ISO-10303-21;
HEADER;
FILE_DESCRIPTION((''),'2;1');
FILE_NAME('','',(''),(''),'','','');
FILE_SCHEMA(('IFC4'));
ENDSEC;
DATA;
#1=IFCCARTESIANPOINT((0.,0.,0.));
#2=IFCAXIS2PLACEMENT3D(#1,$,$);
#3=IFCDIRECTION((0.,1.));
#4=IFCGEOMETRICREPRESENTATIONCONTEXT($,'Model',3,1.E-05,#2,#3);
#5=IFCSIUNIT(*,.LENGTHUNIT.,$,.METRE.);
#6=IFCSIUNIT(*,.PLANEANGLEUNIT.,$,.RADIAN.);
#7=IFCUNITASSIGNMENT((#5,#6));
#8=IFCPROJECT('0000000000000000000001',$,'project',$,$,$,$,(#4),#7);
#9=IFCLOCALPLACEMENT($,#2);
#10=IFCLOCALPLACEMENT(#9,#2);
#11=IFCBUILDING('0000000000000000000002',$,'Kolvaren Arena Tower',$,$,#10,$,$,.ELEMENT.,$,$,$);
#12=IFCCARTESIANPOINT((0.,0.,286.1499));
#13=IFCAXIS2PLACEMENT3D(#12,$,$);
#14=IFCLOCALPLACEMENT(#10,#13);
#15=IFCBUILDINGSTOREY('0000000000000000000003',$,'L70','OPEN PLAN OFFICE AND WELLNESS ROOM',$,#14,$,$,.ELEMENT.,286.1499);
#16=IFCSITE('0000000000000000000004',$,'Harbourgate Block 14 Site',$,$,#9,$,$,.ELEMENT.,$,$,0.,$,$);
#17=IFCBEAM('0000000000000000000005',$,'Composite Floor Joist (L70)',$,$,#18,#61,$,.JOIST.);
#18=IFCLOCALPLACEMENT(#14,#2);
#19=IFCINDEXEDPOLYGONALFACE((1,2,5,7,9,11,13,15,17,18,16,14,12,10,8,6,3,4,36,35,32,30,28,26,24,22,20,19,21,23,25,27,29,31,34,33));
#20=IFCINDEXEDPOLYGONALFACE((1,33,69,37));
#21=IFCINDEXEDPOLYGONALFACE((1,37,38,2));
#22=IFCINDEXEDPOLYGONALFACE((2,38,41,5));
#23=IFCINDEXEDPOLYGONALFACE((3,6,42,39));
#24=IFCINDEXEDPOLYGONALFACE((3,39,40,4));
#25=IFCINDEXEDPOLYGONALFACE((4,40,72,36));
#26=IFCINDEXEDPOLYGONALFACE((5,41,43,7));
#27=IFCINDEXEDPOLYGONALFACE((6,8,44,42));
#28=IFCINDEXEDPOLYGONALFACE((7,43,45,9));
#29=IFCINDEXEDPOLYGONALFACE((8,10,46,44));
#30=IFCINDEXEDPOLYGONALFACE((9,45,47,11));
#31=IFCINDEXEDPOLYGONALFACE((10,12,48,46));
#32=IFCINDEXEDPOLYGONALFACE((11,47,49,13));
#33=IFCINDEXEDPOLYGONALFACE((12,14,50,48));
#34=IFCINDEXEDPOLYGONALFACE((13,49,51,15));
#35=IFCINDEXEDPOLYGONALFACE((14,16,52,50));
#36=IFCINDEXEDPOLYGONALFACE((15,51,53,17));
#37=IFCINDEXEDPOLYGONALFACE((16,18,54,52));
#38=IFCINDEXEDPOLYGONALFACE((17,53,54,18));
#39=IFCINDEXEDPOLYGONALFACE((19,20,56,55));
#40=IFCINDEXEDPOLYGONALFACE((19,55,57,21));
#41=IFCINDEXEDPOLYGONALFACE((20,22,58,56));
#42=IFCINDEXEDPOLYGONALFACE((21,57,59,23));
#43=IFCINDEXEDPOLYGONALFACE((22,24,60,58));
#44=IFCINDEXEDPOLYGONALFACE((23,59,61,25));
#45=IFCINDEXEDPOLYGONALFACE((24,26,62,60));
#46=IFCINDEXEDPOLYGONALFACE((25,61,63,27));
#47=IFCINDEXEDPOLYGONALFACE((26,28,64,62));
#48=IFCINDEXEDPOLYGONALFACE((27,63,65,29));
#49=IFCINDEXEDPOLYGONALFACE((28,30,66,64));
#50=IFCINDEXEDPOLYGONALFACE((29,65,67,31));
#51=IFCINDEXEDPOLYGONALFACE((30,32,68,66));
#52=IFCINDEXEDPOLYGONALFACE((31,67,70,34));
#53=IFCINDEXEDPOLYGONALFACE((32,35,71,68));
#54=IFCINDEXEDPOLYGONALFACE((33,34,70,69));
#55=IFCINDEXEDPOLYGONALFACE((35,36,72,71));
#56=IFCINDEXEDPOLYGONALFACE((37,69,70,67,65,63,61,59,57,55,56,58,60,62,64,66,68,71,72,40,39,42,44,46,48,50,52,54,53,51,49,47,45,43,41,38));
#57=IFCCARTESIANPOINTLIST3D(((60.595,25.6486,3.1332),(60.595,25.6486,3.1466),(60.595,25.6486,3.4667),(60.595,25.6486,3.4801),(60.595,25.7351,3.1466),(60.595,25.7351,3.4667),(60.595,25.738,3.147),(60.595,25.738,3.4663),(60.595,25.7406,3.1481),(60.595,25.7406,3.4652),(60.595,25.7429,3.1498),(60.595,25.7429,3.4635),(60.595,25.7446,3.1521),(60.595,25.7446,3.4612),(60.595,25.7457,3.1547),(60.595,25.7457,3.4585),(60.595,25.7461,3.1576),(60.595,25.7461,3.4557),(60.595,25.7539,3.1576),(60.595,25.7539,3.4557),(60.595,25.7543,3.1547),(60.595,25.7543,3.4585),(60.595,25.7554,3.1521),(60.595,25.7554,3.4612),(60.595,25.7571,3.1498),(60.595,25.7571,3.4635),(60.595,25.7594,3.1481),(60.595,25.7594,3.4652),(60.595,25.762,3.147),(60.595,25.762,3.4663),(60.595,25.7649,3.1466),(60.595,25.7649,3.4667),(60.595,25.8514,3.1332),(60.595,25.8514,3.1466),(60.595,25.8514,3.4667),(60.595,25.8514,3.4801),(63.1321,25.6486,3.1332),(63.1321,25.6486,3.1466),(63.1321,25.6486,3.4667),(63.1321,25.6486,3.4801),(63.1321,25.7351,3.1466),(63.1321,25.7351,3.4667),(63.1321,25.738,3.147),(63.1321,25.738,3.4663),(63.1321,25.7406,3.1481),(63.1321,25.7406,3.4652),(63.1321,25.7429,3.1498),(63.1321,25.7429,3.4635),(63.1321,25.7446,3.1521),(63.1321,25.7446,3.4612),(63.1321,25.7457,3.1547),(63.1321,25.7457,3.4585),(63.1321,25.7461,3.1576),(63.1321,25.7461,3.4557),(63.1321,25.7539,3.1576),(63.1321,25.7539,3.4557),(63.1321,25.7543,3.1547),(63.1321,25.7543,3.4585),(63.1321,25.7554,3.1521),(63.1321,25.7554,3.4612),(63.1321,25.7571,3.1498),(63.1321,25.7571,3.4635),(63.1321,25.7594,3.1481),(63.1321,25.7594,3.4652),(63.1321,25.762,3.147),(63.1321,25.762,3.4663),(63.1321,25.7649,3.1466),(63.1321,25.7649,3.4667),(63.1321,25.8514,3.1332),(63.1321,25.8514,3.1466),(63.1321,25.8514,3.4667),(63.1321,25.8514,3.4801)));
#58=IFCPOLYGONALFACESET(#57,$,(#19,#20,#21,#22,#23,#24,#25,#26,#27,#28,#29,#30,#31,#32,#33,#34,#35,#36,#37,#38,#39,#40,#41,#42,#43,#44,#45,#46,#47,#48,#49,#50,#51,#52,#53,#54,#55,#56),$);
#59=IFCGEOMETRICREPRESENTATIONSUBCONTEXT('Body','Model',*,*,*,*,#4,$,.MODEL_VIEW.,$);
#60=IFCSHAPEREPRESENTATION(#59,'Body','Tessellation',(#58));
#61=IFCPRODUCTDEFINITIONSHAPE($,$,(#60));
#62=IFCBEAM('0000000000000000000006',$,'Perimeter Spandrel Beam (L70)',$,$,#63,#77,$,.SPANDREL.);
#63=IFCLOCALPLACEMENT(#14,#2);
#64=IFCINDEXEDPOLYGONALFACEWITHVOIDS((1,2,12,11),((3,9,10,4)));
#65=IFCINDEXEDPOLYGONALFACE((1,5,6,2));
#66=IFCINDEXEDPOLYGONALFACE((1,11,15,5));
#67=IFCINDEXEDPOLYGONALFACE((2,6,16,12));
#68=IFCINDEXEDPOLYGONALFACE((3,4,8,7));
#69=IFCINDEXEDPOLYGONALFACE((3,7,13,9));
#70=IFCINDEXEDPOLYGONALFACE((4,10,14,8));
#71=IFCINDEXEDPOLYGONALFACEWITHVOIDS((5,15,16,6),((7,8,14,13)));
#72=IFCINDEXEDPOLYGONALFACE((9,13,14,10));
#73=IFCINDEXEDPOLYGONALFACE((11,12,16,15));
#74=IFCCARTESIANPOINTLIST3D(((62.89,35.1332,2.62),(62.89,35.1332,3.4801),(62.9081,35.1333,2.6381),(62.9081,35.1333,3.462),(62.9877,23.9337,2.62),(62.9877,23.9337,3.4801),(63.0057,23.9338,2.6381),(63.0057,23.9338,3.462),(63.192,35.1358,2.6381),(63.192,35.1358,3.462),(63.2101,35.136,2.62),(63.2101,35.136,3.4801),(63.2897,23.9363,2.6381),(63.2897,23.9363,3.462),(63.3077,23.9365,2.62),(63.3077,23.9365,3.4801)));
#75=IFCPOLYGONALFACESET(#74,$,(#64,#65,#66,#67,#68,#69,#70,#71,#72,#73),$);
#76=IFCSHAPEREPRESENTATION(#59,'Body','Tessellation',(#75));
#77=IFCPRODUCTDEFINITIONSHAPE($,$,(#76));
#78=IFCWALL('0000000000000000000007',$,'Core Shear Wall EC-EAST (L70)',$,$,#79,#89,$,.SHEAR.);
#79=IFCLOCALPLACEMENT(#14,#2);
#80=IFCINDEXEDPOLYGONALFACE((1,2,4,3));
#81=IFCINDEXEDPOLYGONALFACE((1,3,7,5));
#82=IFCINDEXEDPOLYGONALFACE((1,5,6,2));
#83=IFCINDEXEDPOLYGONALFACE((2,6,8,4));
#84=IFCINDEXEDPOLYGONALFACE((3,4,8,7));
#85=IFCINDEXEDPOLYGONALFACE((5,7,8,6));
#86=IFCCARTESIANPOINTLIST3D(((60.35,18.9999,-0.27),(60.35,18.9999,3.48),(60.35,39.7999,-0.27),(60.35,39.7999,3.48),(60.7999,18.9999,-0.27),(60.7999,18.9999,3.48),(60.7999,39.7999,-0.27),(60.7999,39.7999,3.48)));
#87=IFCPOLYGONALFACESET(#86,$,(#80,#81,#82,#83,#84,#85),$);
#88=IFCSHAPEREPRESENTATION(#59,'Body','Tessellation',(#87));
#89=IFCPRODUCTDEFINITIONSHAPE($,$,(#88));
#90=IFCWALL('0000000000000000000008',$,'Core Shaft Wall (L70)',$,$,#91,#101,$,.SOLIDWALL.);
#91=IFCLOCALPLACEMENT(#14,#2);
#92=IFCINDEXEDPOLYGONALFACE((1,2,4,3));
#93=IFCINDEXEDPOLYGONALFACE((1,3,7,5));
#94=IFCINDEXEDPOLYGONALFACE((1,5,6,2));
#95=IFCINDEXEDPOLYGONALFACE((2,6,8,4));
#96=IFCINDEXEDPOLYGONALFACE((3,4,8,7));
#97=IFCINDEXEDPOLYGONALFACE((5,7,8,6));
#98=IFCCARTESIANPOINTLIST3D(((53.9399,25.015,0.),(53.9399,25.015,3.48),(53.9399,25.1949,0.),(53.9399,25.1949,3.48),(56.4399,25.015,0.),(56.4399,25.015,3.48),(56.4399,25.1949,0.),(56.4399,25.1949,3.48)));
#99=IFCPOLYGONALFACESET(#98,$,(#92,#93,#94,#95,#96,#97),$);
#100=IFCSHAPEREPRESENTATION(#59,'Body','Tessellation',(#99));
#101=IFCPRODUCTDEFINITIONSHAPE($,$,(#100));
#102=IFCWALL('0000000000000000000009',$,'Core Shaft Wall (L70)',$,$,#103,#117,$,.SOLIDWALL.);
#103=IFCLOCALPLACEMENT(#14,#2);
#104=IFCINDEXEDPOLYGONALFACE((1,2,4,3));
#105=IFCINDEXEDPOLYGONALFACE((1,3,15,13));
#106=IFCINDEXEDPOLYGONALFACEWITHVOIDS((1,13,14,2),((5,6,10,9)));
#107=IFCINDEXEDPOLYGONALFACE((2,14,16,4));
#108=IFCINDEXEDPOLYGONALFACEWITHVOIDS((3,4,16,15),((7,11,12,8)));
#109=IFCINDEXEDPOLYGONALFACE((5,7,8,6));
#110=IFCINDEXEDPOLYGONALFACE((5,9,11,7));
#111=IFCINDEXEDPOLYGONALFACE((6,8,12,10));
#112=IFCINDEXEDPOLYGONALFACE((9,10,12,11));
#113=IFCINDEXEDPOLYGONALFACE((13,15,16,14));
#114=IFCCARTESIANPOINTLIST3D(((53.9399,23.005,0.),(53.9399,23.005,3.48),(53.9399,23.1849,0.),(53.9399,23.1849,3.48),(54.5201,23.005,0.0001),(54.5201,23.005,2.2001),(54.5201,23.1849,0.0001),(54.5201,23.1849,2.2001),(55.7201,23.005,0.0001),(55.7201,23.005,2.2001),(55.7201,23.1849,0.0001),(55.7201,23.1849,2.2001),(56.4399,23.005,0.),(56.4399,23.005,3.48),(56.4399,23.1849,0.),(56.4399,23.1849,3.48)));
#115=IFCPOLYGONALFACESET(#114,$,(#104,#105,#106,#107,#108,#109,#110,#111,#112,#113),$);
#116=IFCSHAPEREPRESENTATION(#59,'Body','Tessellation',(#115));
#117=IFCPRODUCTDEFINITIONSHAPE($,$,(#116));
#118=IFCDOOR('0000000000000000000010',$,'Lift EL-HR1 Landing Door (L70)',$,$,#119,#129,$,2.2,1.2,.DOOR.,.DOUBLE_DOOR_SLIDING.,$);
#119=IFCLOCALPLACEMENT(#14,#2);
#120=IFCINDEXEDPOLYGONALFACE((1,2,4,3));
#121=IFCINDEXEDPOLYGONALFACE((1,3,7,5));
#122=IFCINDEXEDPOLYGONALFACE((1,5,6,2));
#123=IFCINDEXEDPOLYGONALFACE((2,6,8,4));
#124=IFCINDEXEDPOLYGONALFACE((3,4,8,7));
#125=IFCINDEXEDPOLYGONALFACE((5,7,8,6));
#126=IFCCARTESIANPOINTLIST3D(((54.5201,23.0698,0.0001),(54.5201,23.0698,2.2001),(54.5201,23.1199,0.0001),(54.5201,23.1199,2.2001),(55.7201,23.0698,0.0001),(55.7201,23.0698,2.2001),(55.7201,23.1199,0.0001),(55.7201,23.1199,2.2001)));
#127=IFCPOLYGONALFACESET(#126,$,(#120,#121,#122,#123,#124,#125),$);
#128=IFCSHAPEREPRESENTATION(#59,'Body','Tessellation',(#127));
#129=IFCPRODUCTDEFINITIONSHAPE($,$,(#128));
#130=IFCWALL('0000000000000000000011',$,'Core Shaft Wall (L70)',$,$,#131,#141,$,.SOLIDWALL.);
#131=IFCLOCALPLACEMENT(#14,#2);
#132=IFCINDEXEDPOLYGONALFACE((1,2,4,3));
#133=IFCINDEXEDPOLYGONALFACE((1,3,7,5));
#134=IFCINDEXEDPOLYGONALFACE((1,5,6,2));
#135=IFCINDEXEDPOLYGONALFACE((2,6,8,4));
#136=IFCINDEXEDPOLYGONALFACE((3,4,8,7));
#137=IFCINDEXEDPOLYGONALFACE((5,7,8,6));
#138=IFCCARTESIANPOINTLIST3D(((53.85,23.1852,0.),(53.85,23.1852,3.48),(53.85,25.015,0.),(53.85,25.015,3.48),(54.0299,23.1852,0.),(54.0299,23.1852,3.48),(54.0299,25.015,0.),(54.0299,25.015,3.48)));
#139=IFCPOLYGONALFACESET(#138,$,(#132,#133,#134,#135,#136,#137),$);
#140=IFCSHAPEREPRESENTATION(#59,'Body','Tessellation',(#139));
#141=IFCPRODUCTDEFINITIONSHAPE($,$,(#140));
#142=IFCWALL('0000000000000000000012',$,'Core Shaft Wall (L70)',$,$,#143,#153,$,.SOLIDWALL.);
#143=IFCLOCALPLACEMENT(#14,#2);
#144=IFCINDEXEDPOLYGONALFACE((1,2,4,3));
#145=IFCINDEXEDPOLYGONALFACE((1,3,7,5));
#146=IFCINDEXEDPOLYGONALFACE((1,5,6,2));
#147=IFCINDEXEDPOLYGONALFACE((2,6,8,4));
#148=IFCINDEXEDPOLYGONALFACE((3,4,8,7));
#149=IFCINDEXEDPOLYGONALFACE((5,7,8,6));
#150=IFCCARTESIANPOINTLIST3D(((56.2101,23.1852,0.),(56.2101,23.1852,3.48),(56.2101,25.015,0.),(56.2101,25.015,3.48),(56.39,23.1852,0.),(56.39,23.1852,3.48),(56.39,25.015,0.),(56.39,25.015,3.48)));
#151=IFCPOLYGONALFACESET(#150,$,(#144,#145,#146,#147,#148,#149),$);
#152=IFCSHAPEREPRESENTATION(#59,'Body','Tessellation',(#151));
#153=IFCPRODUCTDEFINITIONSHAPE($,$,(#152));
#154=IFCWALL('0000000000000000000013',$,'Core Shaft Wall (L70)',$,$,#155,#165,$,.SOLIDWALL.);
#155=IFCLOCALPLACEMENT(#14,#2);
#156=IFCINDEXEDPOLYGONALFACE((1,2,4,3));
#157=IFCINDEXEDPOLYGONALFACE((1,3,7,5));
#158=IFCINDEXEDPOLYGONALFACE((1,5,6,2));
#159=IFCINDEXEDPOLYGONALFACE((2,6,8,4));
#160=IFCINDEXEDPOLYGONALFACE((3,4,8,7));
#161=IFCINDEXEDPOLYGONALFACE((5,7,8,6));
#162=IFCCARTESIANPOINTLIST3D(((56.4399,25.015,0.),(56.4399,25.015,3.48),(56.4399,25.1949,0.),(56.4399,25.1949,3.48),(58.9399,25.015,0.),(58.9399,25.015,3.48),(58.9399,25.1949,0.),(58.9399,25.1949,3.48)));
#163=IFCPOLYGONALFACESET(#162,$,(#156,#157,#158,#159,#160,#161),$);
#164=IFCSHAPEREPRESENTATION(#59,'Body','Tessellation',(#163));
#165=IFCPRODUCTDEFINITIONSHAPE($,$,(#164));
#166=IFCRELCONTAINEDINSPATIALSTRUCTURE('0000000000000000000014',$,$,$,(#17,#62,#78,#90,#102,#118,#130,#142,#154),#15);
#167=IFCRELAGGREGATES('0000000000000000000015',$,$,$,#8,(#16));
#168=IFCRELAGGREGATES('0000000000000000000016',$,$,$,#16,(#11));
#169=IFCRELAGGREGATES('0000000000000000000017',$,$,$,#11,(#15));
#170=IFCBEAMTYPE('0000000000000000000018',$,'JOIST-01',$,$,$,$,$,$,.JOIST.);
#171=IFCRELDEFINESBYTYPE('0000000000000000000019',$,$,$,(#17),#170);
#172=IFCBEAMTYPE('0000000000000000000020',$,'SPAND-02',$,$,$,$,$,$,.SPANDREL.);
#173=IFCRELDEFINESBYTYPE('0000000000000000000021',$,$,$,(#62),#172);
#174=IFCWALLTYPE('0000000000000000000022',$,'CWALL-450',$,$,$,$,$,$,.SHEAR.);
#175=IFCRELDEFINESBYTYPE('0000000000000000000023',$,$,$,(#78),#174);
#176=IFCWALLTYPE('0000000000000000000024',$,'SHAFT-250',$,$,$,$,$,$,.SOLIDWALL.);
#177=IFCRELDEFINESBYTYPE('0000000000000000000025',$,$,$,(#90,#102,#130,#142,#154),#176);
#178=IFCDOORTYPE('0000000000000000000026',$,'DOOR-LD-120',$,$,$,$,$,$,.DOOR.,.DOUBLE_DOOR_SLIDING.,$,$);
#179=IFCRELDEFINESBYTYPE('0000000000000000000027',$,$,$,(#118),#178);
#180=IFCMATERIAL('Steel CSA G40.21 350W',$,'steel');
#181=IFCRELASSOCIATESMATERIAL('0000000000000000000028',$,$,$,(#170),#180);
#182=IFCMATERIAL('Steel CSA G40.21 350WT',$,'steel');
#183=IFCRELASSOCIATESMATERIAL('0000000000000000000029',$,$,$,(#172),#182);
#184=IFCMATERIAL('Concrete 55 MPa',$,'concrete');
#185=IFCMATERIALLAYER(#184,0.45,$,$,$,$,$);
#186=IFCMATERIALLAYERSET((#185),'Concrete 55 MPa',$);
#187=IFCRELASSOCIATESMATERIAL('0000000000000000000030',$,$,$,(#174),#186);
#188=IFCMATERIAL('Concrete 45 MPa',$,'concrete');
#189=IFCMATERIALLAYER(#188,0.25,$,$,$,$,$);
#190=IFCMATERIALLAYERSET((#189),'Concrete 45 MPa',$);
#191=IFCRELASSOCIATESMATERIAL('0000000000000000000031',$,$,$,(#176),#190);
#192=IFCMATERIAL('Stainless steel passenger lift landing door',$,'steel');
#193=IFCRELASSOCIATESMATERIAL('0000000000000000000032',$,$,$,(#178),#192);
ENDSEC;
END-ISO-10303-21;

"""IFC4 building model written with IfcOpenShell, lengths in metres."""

from ifc_helpers import new_model, si_unit, direction, frame, frame_2d, origin, origin_2d, place, context, subcontext, project, spatial, rectangle, hollow_rectangle, i_section, extrude, material, layer, layer_set, material_profile, profile_set, type_object, element, fill, save


model = new_model("IFC4")

# Units and contexts
model_context = context("Model", 3, precision=1e-05, world=origin(), true_north=direction((0.0, 1.0)))
body_context = subcontext(model_context, "Body", "Model", "MODEL_VIEW")
ifc_project = project(units=[si_unit("LENGTHUNIT", "METRE"), si_unit("PLANEANGLEUNIT", "RADIAN")], contexts=[model_context])

# Site, building, storey
site_placement = place(None, origin())
site = spatial("IfcSite", under=ifc_project, at=site_placement, Name="Harbourgate Block 14 Site", CompositionType="ELEMENT", RefElevation=0.0)
building_placement = place(site_placement, origin())
building = spatial("IfcBuilding", under=site, at=building_placement, Name="Kolvaren Arena Tower", CompositionType="ELEMENT")
storey_placement = place(building_placement, frame((0.0, 0.0, 286.1499)))
storey = spatial("IfcBuildingStorey", under=building, at=storey_placement, Name="L70", Description="OPEN PLAN OFFICE AND WELLNESS ROOM", CompositionType="ELEMENT", Elevation=286.1499)

# Beams
ifc_material_1 = material(Name="Steel CSA G40.21 350W", Category="steel")
ifc_material_profile_1 = material_profile(ifc_material_1, i_section(OverallWidth=0.2029, OverallDepth=0.3469, WebThickness=0.0078, FlangeThickness=0.0134, FilletRadius=0.011, at=origin_2d()), Name="W360x64")
ifc_profile_set_1 = profile_set([ifc_material_profile_1], Name="Steel CSA G40.21 350W")
beam_type_1 = type_object("IfcBeamType", Name="JOIST-01", PredefinedType="JOIST", material=ifc_profile_set_1)
beam_1_placement = place(storey_placement, frame((60.595, 25.75, 3.3066), z_axis=(1.0, 0.0, 0.0), x_axis=(0.0, 1.0, 0.0)))
element("IfcBeam", 1, at=beam_1_placement, inside=storey, type_object=beam_type_1, Name="Composite Floor Joist (L70)", PredefinedType="JOIST", context=body_context, shape_type="SweptSolid", body=[
    extrude(i_section(OverallWidth=0.2029, OverallDepth=0.3469, WebThickness=0.0078, FlangeThickness=0.0134, FilletRadius=0.011, at=origin_2d()), origin(), (0.0, 0.0, 1.0), 2.5371),
])
ifc_material_2 = material(Name="Steel CSA G40.21 350WT", Category="steel")
ifc_material_profile_2 = material_profile(ifc_material_2, hollow_rectangle(XDim=0.3201, YDim=0.8601, WallThickness=0.0181, at=origin_2d()), Name="HSS 860x320x18")
ifc_profile_set_2 = profile_set([ifc_material_profile_2], Name="Steel CSA G40.21 350WT")
beam_type_2 = type_object("IfcBeamType", Name="SPAND-02", PredefinedType="SPANDREL", material=ifc_profile_set_2)
beam_2_placement = place(storey_placement, frame((63.1477, 23.9351, 3.05), z_axis=(-0.008719, 0.999962, 0.0), x_axis=(-0.999962, -0.008719, 0.0)))
element("IfcBeam", 2, at=beam_2_placement, inside=storey, type_object=beam_type_2, Name="Perimeter Spandrel Beam (L70)", PredefinedType="SPANDREL", context=body_context, shape_type="SweptSolid", body=[
    extrude(hollow_rectangle(XDim=0.3201, YDim=0.8601, WallThickness=0.0181, at=origin_2d()), origin(), (0.0, 0.0, 1.0), 11.2),
])

# Walls
ifc_material_3 = material(Name="Concrete 55 MPa", Category="concrete")
ifc_layer_1 = layer(ifc_material_3, 0.45)
ifc_layer_set_1 = layer_set([ifc_layer_1], Name="Concrete 55 MPa")
wall_type_1 = type_object("IfcWallType", Name="CWALL-450", PredefinedType="SHEAR", material=ifc_layer_set_1)
wall_1_placement = place(storey_placement, frame((60.575, 19.0, -0.27), z_axis=(0.0, 0.0, 1.0), x_axis=(0.0, 1.0, 0.0)))
element("IfcWall", 3, at=wall_1_placement, inside=storey, type_object=wall_type_1, Name="Core Shear Wall EC-EAST (L70)", PredefinedType="SHEAR", context=body_context, shape_type="SweptSolid", body=[
    extrude(rectangle(XDim=20.8, YDim=0.45, at=frame_2d((10.3999, 0.0))), origin(), (0.0, 0.0, 1.0), 3.75),
])
ifc_material_4 = material(Name="Concrete 45 MPa", Category="concrete")
ifc_layer_2 = layer(ifc_material_4, 0.25)
ifc_layer_set_2 = layer_set([ifc_layer_2], Name="Concrete 45 MPa")
wall_type_2 = type_object("IfcWallType", Name="SHAFT-250", PredefinedType="SOLIDWALL", material=ifc_layer_set_2)
wall_2_placement = place(storey_placement, frame((53.9399, 25.105, 0.0), z_axis=(0.0, 0.0, 1.0), x_axis=(1.0, 0.0, 0.0)))
element("IfcWall", 4, at=wall_2_placement, inside=storey, type_object=wall_type_2, Name="Core Shaft Wall (L70)", PredefinedType="SOLIDWALL", context=body_context, shape_type="SweptSolid", body=[
    extrude(rectangle(XDim=2.5, YDim=0.1799, at=frame_2d((1.25, 0.0))), origin(), (0.0, 0.0, 1.0), 3.48),
])

# Wall, opening, door
wall_3_placement = place(storey_placement, frame((53.9399, 23.095, 0.0), z_axis=(0.0, 0.0, 1.0), x_axis=(1.0, 0.0, 0.0)))
wall_3 = element("IfcWall", 5, at=wall_3_placement, inside=storey, type_object=wall_type_2, Name="Core Shaft Wall (L70)", PredefinedType="SOLIDWALL", context=body_context, shape_type="SweptSolid", body=[
    extrude(rectangle(XDim=2.5, YDim=0.1799, at=frame_2d((1.25, 0.0))), origin(), (0.0, 0.0, 1.0), 3.48),
])
opening_1_placement = place(wall_3_placement, frame((0.5801, 0.0, 0.0)))
opening_1 = element("IfcOpeningElement", 6, at=opening_1_placement, cuts=wall_3, PredefinedType="OPENING", context=body_context, shape_type="SweptSolid", body=[
    extrude(rectangle(XDim=1.2, YDim=2.2, at=frame_2d((0.6001, 1.1001))), frame((0.0, 0.0999, 0.0), z_axis=(0.0, -1.0, 0.0), x_axis=(1.0, 0.0, 0.0)), (0.0, 0.0, 1.0), 0.2),
])
ifc_material_5 = material(Name="Stainless steel passenger lift landing door", Category="steel")
door_type = type_object("IfcDoorType", Name="DOOR-LD-120", OperationType="DOUBLE_DOOR_SLIDING", PredefinedType="DOOR", material=ifc_material_5)
door_1_placement = place(opening_1_placement, origin())
door_1 = element("IfcDoor", 7, at=door_1_placement, inside=storey, type_object=door_type, Name="Lift EL-HR1 Landing Door (L70)", OperationType="DOUBLE_DOOR_SLIDING", OverallHeight=2.2, OverallWidth=1.2, PredefinedType="DOOR", context=body_context, shape_type="SweptSolid", body=[
    extrude(rectangle(XDim=1.2, YDim=2.2, at=frame_2d((0.6001, 1.1001))), frame((0.0, 0.0249, 0.0), z_axis=(0.0, -1.0, 0.0), x_axis=(1.0, 0.0, 0.0)), (0.0, 0.0, 1.0), 0.05),
])
fill(opening_1, door_1)

# Walls
for number, where, z_axis, x_axis, name in (
    (8, (53.9399, 23.1851, 0.0), (0.0, 0.0, 1.0), (0.0, 1.0, 0.0), "Core Shaft Wall (L70)"),
    (9, (56.3, 23.1851, 0.0), (0.0, 0.0, 1.0), (0.0, 1.0, 0.0), "Core Shaft Wall (L70)"),
):
    element("IfcWall", number, at=place(storey_placement, frame(where, z_axis=z_axis, x_axis=x_axis)), inside=storey, type_object=wall_type_2, Name=name, PredefinedType="SOLIDWALL", context=body_context, shape_type="SweptSolid", body=[
        extrude(rectangle(XDim=1.8298, YDim=0.1799, at=frame_2d((0.915, 0.0))), origin(), (0.0, 0.0, 1.0), 3.48),
    ])
wall_4_placement = place(storey_placement, frame((56.4399, 25.105, 0.0), z_axis=(0.0, 0.0, 1.0), x_axis=(1.0, 0.0, 0.0)))
element("IfcWall", 10, at=wall_4_placement, inside=storey, type_object=wall_type_2, Name="Core Shaft Wall (L70)", PredefinedType="SOLIDWALL", context=body_context, shape_type="SweptSolid", body=[
    extrude(rectangle(XDim=2.5, YDim=0.1799, at=frame_2d((1.25, 0.0))), origin(), (0.0, 0.0, 1.0), 3.48),
])

save(model, "model.ifc")
